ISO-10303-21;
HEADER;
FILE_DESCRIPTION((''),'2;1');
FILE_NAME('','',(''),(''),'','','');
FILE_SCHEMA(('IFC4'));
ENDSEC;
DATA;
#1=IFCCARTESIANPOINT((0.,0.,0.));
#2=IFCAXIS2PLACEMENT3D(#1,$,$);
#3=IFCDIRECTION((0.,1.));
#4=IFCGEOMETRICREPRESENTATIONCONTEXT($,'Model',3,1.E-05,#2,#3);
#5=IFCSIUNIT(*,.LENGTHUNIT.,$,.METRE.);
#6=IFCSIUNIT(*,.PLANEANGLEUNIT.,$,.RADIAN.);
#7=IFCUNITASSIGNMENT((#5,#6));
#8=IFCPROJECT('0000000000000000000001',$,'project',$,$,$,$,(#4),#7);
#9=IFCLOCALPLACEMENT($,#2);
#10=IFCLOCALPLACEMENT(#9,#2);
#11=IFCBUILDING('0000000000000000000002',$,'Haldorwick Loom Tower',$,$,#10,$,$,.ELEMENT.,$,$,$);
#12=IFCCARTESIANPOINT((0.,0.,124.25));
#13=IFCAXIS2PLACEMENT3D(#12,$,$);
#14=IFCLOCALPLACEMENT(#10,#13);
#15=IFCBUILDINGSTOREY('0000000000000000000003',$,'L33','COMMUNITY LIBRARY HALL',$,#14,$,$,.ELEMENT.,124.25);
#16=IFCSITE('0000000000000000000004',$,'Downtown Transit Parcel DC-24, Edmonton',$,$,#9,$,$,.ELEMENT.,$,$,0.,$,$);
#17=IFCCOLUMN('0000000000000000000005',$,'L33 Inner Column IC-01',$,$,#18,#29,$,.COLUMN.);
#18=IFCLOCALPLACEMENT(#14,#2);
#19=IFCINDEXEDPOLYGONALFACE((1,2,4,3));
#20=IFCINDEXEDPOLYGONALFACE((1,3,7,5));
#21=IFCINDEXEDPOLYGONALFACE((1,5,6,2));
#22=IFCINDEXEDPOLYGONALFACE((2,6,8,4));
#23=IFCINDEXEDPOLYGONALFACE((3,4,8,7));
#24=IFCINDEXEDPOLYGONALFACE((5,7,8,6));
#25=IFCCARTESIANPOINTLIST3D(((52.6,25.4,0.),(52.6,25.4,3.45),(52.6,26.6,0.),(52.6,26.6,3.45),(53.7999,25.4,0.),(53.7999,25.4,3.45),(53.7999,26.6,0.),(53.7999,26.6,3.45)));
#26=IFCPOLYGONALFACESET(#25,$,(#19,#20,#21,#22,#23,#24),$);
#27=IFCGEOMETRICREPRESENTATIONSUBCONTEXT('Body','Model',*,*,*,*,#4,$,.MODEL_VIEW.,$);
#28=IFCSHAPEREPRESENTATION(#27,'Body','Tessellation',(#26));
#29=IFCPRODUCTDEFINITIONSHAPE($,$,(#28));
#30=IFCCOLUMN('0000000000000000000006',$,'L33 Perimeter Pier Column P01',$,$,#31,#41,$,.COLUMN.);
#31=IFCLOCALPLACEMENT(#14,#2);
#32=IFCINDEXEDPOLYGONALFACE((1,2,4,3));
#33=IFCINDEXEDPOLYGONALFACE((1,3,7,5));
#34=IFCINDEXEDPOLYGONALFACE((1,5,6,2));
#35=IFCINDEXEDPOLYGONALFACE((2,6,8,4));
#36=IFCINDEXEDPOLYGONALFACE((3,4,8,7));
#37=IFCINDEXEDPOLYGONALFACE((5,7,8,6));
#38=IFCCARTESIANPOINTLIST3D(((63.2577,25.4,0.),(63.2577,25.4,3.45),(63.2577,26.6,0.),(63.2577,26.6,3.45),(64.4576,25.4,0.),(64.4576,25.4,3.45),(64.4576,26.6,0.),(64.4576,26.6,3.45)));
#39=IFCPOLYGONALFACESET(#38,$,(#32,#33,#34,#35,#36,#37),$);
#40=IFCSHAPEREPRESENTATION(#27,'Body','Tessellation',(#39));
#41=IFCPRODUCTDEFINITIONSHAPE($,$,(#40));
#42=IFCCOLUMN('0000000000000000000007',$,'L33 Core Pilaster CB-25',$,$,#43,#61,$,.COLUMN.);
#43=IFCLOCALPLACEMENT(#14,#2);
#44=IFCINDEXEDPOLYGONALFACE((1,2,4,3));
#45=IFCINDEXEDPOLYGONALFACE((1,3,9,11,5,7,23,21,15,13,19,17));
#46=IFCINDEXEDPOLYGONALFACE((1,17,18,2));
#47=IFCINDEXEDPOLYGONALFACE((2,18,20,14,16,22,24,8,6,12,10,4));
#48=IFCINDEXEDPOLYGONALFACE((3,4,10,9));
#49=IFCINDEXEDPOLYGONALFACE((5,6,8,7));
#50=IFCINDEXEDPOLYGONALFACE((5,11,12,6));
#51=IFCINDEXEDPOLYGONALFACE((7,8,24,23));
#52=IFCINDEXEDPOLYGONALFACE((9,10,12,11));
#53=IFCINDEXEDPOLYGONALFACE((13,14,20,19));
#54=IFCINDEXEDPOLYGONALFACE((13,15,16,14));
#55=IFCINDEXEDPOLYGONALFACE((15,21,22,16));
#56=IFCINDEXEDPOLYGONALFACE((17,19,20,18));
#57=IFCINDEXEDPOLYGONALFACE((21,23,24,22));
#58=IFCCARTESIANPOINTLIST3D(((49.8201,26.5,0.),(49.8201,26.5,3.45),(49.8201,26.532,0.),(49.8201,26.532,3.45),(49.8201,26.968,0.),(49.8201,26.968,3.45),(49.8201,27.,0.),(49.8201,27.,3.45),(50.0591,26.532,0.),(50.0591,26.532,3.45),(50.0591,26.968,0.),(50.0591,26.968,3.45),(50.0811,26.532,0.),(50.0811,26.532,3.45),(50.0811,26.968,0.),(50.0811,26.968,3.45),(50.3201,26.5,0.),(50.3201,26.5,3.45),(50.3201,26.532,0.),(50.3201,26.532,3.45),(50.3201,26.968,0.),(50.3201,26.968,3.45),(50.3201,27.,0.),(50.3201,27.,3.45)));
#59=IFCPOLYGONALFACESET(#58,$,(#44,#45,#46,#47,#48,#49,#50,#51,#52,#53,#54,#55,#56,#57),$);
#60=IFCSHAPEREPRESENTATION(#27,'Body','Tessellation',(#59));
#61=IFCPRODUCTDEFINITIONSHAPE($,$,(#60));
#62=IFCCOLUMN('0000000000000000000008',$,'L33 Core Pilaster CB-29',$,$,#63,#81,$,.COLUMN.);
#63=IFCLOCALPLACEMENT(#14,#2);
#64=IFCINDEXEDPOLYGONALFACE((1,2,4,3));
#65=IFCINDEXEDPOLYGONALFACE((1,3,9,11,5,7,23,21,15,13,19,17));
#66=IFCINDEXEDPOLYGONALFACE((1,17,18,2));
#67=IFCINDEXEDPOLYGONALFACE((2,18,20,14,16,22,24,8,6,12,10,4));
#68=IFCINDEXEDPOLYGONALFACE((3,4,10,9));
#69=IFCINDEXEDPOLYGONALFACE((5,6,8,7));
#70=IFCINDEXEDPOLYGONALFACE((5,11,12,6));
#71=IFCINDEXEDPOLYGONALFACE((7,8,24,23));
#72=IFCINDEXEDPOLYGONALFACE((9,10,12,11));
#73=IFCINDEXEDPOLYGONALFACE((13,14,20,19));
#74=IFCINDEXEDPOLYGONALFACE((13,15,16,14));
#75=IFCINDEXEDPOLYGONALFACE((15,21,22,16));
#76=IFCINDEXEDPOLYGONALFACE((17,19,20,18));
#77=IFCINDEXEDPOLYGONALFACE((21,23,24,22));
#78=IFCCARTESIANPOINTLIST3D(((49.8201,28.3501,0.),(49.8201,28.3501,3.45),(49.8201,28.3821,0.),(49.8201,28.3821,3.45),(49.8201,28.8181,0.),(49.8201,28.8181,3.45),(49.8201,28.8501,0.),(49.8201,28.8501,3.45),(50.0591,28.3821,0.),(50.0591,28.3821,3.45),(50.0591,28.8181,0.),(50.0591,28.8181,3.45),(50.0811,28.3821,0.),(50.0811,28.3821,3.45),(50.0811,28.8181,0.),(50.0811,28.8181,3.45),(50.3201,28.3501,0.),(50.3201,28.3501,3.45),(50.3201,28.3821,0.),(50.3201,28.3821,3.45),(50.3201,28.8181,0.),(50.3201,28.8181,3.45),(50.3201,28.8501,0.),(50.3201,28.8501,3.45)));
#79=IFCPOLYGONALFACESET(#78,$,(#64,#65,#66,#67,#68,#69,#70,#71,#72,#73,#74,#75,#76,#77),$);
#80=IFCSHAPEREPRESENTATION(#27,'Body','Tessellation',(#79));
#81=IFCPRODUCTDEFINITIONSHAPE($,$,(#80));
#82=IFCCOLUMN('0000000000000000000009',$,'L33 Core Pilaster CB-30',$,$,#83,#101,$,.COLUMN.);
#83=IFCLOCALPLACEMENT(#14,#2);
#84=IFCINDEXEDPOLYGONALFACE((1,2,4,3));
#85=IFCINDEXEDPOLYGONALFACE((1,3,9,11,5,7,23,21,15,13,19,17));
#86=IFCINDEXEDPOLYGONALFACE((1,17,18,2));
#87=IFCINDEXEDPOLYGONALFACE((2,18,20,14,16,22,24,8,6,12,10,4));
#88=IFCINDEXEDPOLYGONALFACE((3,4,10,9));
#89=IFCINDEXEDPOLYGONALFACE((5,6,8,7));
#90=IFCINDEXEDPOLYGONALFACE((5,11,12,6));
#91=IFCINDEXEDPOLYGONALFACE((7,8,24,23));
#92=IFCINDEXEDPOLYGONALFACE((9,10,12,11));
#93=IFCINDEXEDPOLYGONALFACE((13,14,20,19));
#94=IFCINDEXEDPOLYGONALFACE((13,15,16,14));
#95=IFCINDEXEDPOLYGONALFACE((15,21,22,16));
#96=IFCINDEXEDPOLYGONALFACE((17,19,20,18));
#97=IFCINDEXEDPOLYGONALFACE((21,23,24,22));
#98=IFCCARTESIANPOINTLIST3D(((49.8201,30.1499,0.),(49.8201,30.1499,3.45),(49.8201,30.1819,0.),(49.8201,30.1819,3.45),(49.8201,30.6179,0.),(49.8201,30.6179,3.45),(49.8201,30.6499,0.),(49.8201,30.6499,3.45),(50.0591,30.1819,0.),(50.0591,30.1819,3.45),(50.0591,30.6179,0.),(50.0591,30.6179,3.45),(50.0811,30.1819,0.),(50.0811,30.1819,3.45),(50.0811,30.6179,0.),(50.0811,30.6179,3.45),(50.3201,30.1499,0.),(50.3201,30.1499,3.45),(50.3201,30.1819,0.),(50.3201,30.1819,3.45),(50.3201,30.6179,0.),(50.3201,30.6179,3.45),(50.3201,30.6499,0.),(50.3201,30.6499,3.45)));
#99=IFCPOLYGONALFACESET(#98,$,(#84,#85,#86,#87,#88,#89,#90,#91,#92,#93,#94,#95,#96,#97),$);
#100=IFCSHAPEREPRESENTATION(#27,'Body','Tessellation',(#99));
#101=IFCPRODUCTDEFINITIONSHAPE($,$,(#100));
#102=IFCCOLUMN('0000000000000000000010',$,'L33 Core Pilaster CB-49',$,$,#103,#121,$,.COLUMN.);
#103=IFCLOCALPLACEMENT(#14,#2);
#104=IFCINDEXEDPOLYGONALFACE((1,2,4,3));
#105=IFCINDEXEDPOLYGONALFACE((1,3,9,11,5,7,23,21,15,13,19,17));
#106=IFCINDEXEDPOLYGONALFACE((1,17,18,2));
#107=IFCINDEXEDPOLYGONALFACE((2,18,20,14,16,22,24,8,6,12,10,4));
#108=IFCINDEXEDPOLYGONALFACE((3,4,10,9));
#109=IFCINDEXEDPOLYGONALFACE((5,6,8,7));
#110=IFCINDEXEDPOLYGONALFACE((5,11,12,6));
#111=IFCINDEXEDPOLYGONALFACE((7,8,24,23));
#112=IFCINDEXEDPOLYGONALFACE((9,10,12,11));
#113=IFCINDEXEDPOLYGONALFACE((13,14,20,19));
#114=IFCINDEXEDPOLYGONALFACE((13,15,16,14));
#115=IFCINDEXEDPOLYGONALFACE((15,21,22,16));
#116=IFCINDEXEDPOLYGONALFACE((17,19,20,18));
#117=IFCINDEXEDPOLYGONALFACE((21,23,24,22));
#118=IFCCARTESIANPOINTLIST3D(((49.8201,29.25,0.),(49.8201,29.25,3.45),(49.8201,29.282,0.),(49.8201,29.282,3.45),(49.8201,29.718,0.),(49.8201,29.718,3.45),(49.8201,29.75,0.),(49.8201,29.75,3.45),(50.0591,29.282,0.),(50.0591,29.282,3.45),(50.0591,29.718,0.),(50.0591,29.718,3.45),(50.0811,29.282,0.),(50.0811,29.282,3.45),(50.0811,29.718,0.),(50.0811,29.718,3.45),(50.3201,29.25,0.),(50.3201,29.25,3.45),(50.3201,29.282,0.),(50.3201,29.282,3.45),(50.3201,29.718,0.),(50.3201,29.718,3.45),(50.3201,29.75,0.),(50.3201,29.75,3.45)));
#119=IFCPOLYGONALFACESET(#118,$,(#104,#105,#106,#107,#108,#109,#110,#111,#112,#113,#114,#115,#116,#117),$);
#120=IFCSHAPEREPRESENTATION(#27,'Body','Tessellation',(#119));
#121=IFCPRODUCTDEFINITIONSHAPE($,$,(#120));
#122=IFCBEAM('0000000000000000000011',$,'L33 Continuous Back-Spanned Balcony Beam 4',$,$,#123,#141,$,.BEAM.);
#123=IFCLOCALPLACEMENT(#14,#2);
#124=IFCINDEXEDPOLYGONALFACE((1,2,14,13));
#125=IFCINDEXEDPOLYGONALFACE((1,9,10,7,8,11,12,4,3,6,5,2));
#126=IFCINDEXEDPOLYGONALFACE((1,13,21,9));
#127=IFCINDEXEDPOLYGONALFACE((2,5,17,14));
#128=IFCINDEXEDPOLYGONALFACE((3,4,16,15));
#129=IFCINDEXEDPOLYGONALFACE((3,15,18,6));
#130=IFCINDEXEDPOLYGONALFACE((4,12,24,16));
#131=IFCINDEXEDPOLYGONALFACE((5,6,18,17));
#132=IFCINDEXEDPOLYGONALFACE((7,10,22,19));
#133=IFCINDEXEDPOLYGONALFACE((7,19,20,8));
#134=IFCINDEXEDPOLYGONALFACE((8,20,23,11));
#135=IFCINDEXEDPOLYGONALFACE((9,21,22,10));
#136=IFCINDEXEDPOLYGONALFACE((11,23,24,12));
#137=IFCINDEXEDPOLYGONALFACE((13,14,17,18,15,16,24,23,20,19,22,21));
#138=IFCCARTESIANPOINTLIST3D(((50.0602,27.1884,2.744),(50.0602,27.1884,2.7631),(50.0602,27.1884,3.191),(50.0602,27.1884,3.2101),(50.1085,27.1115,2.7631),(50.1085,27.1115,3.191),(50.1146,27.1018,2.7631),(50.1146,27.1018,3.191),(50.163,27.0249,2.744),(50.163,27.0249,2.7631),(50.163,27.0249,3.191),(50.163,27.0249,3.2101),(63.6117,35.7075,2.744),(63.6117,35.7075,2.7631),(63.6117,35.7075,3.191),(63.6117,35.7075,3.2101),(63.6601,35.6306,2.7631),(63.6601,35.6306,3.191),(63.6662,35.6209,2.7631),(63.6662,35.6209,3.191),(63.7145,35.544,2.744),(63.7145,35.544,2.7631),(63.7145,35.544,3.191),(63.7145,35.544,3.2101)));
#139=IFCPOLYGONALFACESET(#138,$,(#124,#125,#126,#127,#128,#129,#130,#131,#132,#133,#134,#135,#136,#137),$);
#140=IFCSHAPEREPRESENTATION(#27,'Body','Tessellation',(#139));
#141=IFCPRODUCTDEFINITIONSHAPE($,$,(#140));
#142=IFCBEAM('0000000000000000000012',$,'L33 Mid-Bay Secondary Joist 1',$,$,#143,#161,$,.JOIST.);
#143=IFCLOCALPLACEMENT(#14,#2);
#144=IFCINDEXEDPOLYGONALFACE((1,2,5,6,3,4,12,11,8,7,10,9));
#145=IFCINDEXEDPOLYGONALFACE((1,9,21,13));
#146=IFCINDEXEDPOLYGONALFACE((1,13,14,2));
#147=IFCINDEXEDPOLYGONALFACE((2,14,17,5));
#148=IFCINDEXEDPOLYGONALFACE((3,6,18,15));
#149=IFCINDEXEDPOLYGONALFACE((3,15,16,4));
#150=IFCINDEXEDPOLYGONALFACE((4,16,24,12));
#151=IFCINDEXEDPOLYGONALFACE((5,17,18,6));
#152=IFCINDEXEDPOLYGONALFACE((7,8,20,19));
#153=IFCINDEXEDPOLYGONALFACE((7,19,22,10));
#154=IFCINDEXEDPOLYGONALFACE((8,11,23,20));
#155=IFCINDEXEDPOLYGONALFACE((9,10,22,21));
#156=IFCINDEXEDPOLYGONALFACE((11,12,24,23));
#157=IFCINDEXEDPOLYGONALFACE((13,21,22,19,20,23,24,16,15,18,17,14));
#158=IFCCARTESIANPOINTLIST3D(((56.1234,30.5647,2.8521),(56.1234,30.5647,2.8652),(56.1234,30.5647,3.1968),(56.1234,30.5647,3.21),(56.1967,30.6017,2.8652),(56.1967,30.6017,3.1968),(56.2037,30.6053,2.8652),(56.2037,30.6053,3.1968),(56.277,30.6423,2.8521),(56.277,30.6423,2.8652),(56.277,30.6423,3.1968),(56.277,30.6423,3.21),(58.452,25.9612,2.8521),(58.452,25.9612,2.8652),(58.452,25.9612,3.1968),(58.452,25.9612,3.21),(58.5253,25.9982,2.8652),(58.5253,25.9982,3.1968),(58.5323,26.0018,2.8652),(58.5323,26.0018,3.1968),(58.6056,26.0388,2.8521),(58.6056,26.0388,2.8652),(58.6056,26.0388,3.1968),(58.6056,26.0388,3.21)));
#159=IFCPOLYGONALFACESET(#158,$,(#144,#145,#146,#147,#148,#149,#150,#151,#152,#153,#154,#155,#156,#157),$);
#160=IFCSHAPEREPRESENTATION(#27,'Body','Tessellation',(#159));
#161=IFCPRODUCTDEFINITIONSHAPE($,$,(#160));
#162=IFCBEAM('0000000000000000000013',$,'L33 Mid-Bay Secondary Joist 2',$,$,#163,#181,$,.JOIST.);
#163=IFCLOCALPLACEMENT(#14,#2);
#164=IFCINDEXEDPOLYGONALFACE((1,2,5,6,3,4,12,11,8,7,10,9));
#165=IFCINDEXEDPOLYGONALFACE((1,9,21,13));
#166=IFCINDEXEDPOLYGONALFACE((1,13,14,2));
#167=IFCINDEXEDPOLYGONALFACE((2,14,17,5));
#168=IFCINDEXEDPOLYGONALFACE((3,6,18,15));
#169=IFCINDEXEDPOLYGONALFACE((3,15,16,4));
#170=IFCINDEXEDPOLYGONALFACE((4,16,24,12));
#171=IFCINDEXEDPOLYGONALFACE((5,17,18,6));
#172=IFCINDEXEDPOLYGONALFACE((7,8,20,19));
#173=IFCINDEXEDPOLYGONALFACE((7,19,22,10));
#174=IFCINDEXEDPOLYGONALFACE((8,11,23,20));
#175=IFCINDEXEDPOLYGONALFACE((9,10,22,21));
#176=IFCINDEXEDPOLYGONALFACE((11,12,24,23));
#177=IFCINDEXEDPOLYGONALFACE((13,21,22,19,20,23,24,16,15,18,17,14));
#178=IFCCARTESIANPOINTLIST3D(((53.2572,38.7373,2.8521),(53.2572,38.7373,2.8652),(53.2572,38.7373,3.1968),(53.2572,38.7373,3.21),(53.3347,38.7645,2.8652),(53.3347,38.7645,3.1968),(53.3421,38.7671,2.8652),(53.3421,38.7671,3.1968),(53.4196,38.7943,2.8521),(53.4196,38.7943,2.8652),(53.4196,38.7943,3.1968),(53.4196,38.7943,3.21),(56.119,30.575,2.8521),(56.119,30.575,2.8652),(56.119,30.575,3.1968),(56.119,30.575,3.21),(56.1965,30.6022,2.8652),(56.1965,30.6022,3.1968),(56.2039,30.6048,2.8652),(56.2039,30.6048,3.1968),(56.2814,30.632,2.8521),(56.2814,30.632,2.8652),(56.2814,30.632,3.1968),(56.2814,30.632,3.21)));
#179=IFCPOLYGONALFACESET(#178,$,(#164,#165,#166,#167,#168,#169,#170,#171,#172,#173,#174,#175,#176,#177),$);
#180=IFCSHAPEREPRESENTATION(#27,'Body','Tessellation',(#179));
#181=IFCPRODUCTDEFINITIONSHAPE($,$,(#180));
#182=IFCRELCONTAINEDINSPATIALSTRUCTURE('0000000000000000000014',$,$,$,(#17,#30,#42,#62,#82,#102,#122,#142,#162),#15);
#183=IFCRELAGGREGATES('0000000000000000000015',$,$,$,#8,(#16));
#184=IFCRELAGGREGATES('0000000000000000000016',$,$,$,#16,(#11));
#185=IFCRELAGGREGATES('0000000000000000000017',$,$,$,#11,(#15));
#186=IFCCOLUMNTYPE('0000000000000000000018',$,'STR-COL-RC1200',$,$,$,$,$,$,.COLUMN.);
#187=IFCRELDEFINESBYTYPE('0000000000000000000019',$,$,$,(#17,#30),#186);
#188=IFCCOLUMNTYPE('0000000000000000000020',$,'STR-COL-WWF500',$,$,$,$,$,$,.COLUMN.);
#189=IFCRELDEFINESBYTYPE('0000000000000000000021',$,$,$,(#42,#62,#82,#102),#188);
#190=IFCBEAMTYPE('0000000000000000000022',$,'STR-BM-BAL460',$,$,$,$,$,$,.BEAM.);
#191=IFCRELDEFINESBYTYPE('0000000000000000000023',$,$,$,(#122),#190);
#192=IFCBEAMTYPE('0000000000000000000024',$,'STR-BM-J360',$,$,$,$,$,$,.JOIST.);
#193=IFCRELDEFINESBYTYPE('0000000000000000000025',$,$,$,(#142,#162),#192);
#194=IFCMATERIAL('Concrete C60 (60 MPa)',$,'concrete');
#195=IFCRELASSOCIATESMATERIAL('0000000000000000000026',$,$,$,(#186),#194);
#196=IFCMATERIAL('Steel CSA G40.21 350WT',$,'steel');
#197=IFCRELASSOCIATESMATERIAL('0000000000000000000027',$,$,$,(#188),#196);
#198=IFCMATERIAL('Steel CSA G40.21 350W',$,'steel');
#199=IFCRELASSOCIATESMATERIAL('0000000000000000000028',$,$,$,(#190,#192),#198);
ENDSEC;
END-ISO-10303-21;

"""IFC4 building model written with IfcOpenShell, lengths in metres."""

from ifc_helpers import new_model, si_unit, direction, frame, origin, origin_2d, place, context, subcontext, project, spatial, rectangle, i_section, extrude, material, material_profile, profile_set, type_object, element, save


model = new_model("IFC4")

# Units and contexts
model_context = context("Model", 3, precision=1e-05, world=origin(), true_north=direction((0.0, 1.0)))
body_context = subcontext(model_context, "Body", "Model", "MODEL_VIEW")
ifc_project = project(units=[si_unit("LENGTHUNIT", "METRE"), si_unit("PLANEANGLEUNIT", "RADIAN")], contexts=[model_context])

# Site, building, storey
site_placement = place(None, origin())
site = spatial("IfcSite", under=ifc_project, at=site_placement, Name="Downtown Transit Parcel DC-24, Edmonton", CompositionType="ELEMENT", RefElevation=0.0)
building_placement = place(site_placement, origin())
building = spatial("IfcBuilding", under=site, at=building_placement, Name="Haldorwick Loom Tower", CompositionType="ELEMENT")
storey_placement = place(building_placement, frame((0.0, 0.0, 124.25)))
storey = spatial("IfcBuildingStorey", under=building, at=storey_placement, Name="L33", Description="COMMUNITY LIBRARY HALL", CompositionType="ELEMENT", Elevation=124.25)

# Columns
ifc_material_1 = material(Name="Concrete C60 (60 MPa)", Category="concrete")
ifc_material_profile_1 = material_profile(ifc_material_1, rectangle(XDim=1.2, YDim=1.2, at=origin_2d()), Name="RC1200X1200", Category="concrete")
ifc_profile_set_1 = profile_set([ifc_material_profile_1], Name="Concrete C60 (60 MPa)")
column_type_1 = type_object("IfcColumnType", Name="STR-COL-RC1200", PredefinedType="COLUMN", material=ifc_profile_set_1)
for number, where, z_axis, x_axis, name in (
    (1, (53.2, 26.0, 0.0), (0.0, 0.0, 1.0), (1.0, 0.0, 0.0), "L33 Inner Column IC-01"),
    (2, (63.8577, 26.0, 0.0), (0.0, 0.0, 1.0), (1.0, 0.0, 0.0), "L33 Perimeter Pier Column P01"),
):
    element("IfcColumn", number, at=place(storey_placement, frame(where, z_axis=z_axis, x_axis=x_axis)), inside=storey, type_object=column_type_1, Name=name, PredefinedType="COLUMN", context=body_context, shape_type="SweptSolid", body=[
        extrude(rectangle(XDim=1.2, YDim=1.2, at=origin_2d()), origin(), (0.0, 0.0, 1.0), 3.45),
    ])
ifc_material_2 = material(Name="Steel CSA G40.21 350WT", Category="steel")
ifc_material_profile_2 = material_profile(ifc_material_2, i_section(OverallWidth=0.5, OverallDepth=0.5, WebThickness=0.022, FlangeThickness=0.032, at=origin_2d()), Name="WWF500X500", Category="steel")
ifc_profile_set_2 = profile_set([ifc_material_profile_2], Name="Steel CSA G40.21 350WT")
column_type_2 = type_object("IfcColumnType", Name="STR-COL-WWF500", PredefinedType="COLUMN", material=ifc_profile_set_2)
for number, where, z_axis, x_axis, name in (
    (3, (50.0701, 26.75, 0.0), (0.0, 0.0, 1.0), (1.0, 0.0, 0.0), "L33 Core Pilaster CB-25"),
    (4, (50.0701, 28.6001, 0.0), (0.0, 0.0, 1.0), (1.0, 0.0, 0.0), "L33 Core Pilaster CB-29"),
    (5, (50.0701, 30.3999, 0.0), (0.0, 0.0, 1.0), (1.0, 0.0, 0.0), "L33 Core Pilaster CB-30"),
    (6, (50.0701, 29.5, 0.0), (0.0, 0.0, 1.0), (1.0, 0.0, 0.0), "L33 Core Pilaster CB-49"),
):
    element("IfcColumn", number, at=place(storey_placement, frame(where, z_axis=z_axis, x_axis=x_axis)), inside=storey, type_object=column_type_2, Name=name, PredefinedType="COLUMN", context=body_context, shape_type="SweptSolid", body=[
        extrude(i_section(OverallWidth=0.5, OverallDepth=0.5, WebThickness=0.022, FlangeThickness=0.032, at=origin_2d()), origin(), (0.0, 0.0, 1.0), 3.45),
    ])

# Beams
ifc_material_3 = material(Name="Steel CSA G40.21 350W", Category="steel")
ifc_material_profile_3 = material_profile(ifc_material_3, i_section(OverallWidth=0.1931, OverallDepth=0.4661, WebThickness=0.0115, FlangeThickness=0.019, at=origin_2d()), Name="W460X97", Category="steel")
ifc_profile_set_3 = profile_set([ifc_material_profile_3], Name="Steel CSA G40.21 350W")
beam_type_1 = type_object("IfcBeamType", Name="STR-BM-BAL460", PredefinedType="BEAM", material=ifc_profile_set_3)
beam_1_placement = place(storey_placement, frame((50.1116, 27.1067, 2.9771), z_axis=(0.84661, 0.532214, 0.0), x_axis=(-0.532214, 0.84661, 0.0)))
element("IfcBeam", 7, at=beam_1_placement, inside=storey, type_object=beam_type_1, Name="L33 Continuous Back-Spanned Balcony Beam 4", PredefinedType="BEAM", context=body_context, shape_type="SweptSolid", body=[
    extrude(i_section(OverallWidth=0.1931, OverallDepth=0.4661, WebThickness=0.0115, FlangeThickness=0.019, at=origin_2d()), origin(), (0.0, 0.0, 1.0), 16.0068),
])
ifc_material_profile_4 = material_profile(ifc_material_3, i_section(OverallWidth=0.1721, OverallDepth=0.3579, WebThickness=0.0078, FlangeThickness=0.0132, at=origin_2d()), Name="W360X57", Category="steel")
ifc_profile_set_4 = profile_set([ifc_material_profile_4], Name="Steel CSA G40.21 350W")
beam_type_2 = type_object("IfcBeamType", Name="STR-BM-J360", PredefinedType="JOIST", material=ifc_profile_set_4)
beam_2_placement = place(storey_placement, frame((58.5288, 26.0, 3.031), z_axis=(-0.451373, 0.892335, 0.0), x_axis=(-0.892335, -0.451373, 0.0)))
element("IfcBeam", 8, at=beam_2_placement, inside=storey, type_object=beam_type_2, Name="L33 Mid-Bay Secondary Joist 1", PredefinedType="JOIST", context=body_context, shape_type="SweptSolid", body=[
    extrude(i_section(OverallWidth=0.1721, OverallDepth=0.3579, WebThickness=0.0078, FlangeThickness=0.0132, at=origin_2d()), origin(), (0.0, 0.0, 1.0), 5.1589),
])
beam_3_placement = place(storey_placement, frame((56.2002, 30.6035, 3.031), z_axis=(-0.330865, 0.943678, 0.0), x_axis=(-0.943678, -0.330865, 0.0)))
element("IfcBeam", 9, at=beam_3_placement, inside=storey, type_object=beam_type_2, Name="L33 Mid-Bay Secondary Joist 2", PredefinedType="JOIST", context=body_context, shape_type="SweptSolid", body=[
    extrude(i_section(OverallWidth=0.1721, OverallDepth=0.3579, WebThickness=0.0078, FlangeThickness=0.0132, at=origin_2d()), origin(), (0.0, 0.0, 1.0), 8.6494),
])

save(model, "model.ifc")
